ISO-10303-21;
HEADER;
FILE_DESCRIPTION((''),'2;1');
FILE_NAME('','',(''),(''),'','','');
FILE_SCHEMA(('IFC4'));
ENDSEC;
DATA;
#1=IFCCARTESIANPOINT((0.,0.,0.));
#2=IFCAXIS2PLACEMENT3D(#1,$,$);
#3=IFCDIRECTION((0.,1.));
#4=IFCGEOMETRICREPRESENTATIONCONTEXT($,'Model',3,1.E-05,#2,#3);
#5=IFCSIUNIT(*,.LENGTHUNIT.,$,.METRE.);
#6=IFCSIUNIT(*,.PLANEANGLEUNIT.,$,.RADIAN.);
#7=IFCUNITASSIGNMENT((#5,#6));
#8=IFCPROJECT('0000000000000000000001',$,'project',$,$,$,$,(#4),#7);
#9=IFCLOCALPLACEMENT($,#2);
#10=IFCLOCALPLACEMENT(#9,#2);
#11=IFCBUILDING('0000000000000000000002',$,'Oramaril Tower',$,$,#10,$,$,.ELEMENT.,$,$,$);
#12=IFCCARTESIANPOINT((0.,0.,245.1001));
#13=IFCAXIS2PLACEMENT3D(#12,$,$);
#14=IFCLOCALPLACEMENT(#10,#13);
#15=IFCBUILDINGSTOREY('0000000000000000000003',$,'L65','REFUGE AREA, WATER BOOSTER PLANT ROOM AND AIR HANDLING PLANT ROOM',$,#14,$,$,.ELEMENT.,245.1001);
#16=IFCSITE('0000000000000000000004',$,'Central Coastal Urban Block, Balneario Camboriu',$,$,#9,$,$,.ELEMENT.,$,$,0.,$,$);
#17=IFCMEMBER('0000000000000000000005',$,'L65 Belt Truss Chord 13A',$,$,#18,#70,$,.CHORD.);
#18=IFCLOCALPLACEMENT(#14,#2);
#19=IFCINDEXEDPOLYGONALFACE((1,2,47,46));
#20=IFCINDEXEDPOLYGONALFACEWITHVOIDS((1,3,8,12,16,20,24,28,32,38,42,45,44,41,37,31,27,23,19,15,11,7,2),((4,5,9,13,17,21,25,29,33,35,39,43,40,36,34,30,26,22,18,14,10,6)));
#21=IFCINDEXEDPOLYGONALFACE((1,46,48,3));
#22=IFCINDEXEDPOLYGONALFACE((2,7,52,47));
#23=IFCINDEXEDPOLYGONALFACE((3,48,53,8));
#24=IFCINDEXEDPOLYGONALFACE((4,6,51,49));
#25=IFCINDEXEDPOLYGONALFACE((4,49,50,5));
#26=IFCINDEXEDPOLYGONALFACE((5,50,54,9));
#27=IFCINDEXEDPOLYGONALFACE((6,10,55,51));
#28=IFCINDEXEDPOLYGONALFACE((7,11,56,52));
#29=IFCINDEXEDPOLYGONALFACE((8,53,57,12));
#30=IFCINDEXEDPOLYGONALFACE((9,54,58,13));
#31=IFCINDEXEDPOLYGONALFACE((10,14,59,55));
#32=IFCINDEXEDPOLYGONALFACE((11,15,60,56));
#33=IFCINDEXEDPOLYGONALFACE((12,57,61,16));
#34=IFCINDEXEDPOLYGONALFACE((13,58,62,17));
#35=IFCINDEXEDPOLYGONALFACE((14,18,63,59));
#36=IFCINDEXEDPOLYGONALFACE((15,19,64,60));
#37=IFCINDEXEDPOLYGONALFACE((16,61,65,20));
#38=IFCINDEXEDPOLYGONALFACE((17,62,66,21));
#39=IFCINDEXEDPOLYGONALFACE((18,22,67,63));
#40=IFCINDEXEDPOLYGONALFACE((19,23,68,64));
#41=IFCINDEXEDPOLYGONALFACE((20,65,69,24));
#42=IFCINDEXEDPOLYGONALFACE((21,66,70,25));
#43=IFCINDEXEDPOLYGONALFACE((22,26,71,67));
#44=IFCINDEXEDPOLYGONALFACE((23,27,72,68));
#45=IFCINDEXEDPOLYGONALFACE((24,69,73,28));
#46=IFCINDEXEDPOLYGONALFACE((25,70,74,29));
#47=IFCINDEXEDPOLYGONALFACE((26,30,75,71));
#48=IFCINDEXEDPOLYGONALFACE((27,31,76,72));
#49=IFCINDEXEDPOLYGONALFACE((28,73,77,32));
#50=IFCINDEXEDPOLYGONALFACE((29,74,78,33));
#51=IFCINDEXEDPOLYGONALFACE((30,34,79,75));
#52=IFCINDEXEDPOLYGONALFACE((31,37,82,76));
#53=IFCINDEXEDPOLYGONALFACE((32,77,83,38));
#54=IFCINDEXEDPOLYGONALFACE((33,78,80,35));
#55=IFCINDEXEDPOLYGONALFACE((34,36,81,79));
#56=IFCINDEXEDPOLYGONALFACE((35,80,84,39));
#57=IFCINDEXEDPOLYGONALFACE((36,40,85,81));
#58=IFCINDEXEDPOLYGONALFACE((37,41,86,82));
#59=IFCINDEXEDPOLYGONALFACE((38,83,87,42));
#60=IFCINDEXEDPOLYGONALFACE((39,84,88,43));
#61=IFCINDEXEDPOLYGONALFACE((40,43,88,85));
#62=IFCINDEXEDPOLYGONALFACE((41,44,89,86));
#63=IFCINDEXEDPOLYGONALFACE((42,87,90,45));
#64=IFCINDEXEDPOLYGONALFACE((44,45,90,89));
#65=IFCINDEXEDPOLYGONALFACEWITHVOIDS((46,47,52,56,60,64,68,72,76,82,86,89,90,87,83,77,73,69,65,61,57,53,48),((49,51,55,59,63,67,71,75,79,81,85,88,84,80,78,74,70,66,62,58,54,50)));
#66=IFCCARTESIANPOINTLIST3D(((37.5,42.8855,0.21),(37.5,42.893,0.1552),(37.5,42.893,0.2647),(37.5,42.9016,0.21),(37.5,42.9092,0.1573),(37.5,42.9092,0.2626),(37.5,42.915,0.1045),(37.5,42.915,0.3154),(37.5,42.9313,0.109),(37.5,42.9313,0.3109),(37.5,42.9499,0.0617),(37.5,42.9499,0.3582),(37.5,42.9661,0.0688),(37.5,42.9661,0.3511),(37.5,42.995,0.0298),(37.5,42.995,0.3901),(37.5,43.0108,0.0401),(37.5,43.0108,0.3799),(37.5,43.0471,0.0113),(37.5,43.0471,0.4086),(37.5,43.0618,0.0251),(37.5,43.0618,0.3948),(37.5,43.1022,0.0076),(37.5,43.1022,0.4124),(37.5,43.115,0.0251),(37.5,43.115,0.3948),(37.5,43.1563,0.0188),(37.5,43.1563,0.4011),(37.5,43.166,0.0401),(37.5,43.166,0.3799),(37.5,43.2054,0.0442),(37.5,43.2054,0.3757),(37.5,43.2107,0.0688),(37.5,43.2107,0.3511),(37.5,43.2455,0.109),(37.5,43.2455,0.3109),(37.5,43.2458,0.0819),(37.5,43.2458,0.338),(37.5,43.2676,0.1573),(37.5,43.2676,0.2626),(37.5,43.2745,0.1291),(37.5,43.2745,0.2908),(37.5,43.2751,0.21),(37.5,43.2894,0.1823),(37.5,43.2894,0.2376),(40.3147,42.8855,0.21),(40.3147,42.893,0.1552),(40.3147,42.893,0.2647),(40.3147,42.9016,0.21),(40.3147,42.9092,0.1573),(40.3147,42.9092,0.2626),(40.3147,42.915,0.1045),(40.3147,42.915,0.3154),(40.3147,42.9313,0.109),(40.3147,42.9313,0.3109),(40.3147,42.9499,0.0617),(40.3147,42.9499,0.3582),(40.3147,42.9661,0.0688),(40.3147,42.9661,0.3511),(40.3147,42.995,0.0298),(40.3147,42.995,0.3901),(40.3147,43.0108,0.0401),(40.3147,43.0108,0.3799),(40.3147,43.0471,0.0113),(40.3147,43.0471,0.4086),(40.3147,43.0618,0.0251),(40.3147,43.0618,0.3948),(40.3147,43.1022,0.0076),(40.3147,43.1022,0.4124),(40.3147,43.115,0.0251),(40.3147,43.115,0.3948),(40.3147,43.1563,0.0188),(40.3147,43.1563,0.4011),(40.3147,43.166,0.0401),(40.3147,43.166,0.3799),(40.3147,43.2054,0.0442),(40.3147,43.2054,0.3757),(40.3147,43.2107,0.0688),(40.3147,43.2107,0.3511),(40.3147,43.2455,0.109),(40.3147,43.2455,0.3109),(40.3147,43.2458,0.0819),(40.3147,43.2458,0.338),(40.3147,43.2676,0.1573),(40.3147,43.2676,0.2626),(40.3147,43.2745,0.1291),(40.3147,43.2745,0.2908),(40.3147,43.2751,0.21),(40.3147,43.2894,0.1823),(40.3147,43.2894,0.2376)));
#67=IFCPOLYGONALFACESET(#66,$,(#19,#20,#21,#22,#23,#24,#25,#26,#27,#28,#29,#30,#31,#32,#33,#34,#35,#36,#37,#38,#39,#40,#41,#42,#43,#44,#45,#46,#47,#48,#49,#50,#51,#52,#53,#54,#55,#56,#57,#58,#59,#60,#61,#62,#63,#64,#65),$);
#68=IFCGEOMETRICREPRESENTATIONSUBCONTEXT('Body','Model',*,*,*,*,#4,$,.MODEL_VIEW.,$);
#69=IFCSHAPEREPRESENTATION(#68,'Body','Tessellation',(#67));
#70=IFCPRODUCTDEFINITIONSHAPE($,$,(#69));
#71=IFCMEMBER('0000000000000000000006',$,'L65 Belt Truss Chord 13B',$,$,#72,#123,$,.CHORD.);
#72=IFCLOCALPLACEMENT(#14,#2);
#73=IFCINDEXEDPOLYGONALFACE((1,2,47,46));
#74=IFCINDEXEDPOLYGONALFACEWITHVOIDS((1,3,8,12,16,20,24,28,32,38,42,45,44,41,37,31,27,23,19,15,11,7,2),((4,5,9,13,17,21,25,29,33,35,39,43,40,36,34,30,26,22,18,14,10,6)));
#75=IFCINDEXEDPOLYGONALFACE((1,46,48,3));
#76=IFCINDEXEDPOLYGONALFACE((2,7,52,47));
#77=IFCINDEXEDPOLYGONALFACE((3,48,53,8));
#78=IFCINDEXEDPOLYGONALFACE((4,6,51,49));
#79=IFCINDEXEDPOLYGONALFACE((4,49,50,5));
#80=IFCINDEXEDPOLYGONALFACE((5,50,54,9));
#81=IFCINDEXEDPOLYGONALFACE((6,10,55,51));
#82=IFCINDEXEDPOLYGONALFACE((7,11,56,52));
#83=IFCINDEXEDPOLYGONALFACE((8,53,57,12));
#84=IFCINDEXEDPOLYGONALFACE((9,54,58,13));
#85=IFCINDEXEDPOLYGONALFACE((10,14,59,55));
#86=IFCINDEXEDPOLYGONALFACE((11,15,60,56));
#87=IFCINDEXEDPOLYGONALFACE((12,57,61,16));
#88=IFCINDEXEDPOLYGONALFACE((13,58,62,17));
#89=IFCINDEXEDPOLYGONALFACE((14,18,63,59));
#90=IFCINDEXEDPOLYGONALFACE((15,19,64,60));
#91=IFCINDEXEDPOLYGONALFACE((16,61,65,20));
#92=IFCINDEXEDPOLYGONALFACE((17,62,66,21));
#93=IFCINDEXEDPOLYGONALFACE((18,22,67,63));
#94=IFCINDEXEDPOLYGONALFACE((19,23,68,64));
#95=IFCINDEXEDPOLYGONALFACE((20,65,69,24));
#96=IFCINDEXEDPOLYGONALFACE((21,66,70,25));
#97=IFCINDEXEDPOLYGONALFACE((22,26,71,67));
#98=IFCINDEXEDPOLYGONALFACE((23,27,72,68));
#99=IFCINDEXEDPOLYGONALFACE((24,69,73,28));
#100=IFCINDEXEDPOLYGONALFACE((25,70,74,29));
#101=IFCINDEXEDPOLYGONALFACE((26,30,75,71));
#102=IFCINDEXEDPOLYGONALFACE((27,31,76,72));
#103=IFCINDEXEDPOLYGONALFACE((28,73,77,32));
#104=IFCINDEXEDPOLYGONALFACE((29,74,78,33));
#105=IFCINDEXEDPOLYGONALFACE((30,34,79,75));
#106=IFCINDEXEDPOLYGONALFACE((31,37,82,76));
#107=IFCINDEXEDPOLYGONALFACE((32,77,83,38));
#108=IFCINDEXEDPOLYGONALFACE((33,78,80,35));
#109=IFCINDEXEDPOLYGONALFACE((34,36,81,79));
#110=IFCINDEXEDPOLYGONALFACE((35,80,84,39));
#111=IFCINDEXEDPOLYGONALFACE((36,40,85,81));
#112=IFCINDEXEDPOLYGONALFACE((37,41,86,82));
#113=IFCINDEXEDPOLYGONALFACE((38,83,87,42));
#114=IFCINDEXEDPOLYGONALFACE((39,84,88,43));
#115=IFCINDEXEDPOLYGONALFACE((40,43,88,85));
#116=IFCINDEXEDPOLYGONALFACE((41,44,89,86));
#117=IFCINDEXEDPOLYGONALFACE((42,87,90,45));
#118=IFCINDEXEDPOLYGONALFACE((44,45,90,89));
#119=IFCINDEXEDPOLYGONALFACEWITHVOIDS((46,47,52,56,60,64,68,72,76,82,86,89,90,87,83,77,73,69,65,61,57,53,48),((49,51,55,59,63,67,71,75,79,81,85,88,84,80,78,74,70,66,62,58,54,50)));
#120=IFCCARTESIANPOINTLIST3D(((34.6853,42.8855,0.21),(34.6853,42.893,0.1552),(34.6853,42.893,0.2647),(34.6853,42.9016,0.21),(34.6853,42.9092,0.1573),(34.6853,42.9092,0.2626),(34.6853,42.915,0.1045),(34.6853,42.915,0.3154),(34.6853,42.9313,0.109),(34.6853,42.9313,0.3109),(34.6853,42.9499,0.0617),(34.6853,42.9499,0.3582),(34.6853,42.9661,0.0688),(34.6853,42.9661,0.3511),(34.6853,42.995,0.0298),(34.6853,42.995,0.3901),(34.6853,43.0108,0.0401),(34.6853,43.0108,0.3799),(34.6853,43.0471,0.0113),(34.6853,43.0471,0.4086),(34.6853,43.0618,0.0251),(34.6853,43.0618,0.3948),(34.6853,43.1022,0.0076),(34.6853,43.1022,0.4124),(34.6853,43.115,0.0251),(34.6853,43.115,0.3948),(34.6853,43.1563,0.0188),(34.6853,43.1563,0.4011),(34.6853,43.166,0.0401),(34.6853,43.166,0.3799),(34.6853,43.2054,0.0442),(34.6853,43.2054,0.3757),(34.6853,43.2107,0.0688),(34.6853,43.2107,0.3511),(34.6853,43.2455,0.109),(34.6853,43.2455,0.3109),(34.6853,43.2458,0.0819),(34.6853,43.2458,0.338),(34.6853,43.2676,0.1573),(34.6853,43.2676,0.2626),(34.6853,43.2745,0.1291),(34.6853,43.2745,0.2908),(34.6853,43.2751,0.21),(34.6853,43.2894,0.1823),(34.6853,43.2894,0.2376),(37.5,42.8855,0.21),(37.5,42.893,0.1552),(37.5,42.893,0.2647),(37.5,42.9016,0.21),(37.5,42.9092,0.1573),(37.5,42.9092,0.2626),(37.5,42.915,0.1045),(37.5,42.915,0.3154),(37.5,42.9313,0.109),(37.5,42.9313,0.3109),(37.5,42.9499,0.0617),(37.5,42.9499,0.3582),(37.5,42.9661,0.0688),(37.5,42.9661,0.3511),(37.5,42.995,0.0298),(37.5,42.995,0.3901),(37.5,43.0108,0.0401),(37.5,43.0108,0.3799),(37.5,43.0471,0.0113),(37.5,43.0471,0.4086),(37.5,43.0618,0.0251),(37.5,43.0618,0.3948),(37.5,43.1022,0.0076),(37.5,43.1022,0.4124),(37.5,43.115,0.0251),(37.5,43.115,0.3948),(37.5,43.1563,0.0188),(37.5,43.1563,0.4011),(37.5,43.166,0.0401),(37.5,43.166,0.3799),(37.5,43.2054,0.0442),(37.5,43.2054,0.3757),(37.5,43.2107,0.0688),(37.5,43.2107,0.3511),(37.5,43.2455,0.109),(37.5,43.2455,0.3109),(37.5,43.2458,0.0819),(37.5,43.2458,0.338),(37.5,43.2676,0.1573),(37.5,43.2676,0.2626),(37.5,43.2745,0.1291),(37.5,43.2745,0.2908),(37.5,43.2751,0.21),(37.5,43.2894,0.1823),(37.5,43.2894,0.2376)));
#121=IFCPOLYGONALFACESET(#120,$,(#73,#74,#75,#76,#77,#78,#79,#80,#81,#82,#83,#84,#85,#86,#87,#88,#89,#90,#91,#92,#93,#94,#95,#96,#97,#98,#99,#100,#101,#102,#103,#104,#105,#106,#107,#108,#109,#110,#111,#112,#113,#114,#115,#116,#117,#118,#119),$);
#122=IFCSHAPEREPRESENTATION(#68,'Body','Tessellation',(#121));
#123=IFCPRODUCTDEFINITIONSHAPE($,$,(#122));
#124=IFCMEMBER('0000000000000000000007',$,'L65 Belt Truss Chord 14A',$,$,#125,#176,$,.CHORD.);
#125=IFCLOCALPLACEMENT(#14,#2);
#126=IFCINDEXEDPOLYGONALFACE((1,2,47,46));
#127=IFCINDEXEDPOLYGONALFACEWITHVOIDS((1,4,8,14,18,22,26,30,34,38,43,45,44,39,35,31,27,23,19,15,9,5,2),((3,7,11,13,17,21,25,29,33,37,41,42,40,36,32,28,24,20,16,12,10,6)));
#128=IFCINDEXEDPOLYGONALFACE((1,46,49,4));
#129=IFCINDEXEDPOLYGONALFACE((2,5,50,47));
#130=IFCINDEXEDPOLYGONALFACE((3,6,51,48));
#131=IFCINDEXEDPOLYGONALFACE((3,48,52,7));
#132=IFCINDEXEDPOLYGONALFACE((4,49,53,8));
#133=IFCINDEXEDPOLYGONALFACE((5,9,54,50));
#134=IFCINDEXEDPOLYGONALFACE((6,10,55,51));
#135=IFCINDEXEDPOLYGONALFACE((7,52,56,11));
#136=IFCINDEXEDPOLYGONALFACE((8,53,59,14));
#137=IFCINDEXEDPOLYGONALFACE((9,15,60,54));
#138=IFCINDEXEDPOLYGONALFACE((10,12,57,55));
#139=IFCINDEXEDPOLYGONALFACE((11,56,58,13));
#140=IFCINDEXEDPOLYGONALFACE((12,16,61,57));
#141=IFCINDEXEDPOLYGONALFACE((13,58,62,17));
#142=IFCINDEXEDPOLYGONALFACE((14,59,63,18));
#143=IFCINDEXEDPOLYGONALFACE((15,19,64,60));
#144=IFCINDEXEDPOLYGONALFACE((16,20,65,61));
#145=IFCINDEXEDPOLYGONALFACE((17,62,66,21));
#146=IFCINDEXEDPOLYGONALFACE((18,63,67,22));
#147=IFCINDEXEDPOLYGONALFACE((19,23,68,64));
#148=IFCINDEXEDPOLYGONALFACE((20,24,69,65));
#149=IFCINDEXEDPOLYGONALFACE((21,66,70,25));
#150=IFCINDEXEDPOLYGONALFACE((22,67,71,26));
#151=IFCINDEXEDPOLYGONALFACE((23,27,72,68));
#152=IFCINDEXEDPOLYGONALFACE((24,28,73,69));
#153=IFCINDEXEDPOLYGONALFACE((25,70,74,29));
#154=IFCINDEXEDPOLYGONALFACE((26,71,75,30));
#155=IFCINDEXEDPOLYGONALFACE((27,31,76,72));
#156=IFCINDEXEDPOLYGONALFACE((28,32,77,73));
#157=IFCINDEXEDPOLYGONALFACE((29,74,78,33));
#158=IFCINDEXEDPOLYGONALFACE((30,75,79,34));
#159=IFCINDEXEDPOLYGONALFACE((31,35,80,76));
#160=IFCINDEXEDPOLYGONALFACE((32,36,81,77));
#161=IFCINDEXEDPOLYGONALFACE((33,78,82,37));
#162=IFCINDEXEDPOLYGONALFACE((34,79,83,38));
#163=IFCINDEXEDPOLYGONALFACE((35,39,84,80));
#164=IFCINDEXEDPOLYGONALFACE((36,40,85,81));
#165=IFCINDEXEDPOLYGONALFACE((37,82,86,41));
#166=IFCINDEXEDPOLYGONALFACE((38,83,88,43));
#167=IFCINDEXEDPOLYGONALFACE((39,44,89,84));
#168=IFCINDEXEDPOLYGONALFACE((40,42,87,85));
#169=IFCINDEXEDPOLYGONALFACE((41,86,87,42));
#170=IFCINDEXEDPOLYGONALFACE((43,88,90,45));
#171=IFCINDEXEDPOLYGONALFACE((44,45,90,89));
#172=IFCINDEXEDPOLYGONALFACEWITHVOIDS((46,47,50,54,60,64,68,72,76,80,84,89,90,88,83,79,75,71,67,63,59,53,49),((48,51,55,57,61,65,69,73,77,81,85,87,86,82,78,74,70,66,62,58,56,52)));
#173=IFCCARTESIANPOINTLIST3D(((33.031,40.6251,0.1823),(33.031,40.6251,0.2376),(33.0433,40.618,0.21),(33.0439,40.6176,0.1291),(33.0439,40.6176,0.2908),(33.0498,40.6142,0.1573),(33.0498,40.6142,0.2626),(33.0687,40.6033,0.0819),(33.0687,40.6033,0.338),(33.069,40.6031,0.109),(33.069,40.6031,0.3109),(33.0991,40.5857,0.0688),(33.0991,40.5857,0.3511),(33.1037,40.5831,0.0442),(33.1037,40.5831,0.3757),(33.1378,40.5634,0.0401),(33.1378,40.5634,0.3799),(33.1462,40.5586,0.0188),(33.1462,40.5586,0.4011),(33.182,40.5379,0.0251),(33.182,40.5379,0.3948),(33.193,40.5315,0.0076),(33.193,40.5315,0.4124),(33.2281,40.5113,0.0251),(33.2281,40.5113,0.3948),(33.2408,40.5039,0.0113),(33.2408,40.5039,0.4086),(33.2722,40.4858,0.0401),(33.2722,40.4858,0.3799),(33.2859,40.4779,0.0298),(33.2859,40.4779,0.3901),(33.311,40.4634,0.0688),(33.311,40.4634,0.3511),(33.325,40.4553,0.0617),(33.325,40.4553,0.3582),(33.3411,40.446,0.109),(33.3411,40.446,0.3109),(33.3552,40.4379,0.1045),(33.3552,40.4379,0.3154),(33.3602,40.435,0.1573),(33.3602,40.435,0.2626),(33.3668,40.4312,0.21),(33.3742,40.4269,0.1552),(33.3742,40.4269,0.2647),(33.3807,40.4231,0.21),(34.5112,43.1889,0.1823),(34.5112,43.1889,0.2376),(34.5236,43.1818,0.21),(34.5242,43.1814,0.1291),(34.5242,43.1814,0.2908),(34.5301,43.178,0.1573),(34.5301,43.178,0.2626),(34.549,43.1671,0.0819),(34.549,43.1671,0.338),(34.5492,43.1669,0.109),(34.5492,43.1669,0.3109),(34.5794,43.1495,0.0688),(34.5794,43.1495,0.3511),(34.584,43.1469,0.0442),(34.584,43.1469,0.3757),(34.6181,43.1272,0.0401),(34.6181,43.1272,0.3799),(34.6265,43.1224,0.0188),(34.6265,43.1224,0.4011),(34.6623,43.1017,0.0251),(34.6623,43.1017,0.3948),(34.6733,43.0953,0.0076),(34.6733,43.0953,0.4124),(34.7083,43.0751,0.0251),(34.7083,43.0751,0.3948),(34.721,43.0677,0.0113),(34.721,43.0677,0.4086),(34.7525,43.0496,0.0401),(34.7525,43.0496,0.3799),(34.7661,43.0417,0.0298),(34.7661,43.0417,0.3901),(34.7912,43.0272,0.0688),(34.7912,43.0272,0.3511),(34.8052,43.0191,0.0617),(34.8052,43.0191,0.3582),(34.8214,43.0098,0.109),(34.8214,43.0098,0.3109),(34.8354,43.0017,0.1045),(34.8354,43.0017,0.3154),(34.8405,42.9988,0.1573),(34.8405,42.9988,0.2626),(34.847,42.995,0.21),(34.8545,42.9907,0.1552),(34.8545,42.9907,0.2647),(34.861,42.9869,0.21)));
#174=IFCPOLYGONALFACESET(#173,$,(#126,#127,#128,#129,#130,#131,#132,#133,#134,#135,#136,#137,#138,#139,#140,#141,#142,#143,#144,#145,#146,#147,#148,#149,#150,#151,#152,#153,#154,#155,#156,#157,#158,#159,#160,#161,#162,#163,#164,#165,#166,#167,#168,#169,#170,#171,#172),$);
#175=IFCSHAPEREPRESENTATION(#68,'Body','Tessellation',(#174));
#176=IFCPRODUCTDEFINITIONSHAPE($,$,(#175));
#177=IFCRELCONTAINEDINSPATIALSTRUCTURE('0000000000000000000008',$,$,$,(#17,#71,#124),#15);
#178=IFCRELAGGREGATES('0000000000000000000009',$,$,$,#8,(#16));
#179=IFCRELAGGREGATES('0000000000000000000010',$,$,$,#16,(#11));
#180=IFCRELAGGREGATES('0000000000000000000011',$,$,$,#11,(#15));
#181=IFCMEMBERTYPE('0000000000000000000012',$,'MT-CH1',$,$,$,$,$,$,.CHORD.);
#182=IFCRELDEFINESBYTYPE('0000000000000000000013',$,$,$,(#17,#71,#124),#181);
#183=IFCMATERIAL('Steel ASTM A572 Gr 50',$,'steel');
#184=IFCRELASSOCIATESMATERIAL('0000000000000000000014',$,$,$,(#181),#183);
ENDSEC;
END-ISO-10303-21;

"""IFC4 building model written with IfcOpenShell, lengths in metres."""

from ifc_helpers import new_model, si_unit, direction, frame, origin, origin_2d, place, context, subcontext, project, spatial, hollow_circle, extrude, material, material_profile, profile_set, type_object, element, save


model = new_model("IFC4")

# Units and contexts
model_context = context("Model", 3, precision=1e-05, world=origin(), true_north=direction((0.0, 1.0)))
body_context = subcontext(model_context, "Body", "Model", "MODEL_VIEW")
ifc_project = project(units=[si_unit("LENGTHUNIT", "METRE"), si_unit("PLANEANGLEUNIT", "RADIAN")], contexts=[model_context])

# Site, building, storey
site_placement = place(None, origin())
site = spatial("IfcSite", under=ifc_project, at=site_placement, Name="Central Coastal Urban Block, Balneario Camboriu", CompositionType="ELEMENT", RefElevation=0.0)
building_placement = place(site_placement, origin())
building = spatial("IfcBuilding", under=site, at=building_placement, Name="Oramaril Tower", CompositionType="ELEMENT")
storey_placement = place(building_placement, frame((0.0, 0.0, 245.1001)))
storey = spatial("IfcBuildingStorey", under=building, at=storey_placement, Name="L65", Description="REFUGE AREA, WATER BOOSTER PLANT ROOM AND AIR HANDLING PLANT ROOM", CompositionType="ELEMENT", Elevation=245.1001)

# Members
ifc_material_1 = material(Name="Steel ASTM A572 Gr 50", Category="steel")
ifc_material_profile_1 = material_profile(ifc_material_1, hollow_circle(Radius=0.2029, WallThickness=0.0161, at=origin_2d()), Name="CHS406X16")
ifc_profile_set_1 = profile_set([ifc_material_profile_1], Name="Steel ASTM A572 Gr 50")
member_type_1 = type_object("IfcMemberType", Name="MT-CH1", PredefinedType="CHORD", material=ifc_profile_set_1)
for number, where, z_axis, x_axis, name in (
    (1, (40.3147, 43.0884, 0.21), (-1.0, 0.0, 0.0), (0.0, -1.0, 0.0), "L65 Belt Truss Chord 13A"),
    (2, (37.5, 43.0884, 0.21), (-1.0, 0.0, 0.0), (0.0, -1.0, 0.0), "L65 Belt Truss Chord 13B"),
):
    element("IfcMember", number, at=place(storey_placement, frame(where, z_axis=z_axis, x_axis=x_axis)), inside=storey, type_object=member_type_1, Name=name, PredefinedType="CHORD", context=body_context, shape_type="SweptSolid", body=[
        extrude(hollow_circle(Radius=0.2029, WallThickness=0.0161, at=origin_2d()), origin(), (0.0, 0.0, 1.0), 2.8147),
    ])
member_1_placement = place(storey_placement, frame((34.6853, 43.0884, 0.21), z_axis=(-0.500015, -0.866017, 0.0), x_axis=(0.866017, -0.500015, 0.0)))
element("IfcMember", 3, at=member_1_placement, inside=storey, type_object=member_type_1, Name="L65 Belt Truss Chord 14A", PredefinedType="CHORD", context=body_context, shape_type="SweptSolid", body=[
    extrude(hollow_circle(Radius=0.2029, WallThickness=0.0161, at=origin_2d()), origin(), (0.0, 0.0, 1.0), 2.9604),
])

save(model, "model.ifc")
